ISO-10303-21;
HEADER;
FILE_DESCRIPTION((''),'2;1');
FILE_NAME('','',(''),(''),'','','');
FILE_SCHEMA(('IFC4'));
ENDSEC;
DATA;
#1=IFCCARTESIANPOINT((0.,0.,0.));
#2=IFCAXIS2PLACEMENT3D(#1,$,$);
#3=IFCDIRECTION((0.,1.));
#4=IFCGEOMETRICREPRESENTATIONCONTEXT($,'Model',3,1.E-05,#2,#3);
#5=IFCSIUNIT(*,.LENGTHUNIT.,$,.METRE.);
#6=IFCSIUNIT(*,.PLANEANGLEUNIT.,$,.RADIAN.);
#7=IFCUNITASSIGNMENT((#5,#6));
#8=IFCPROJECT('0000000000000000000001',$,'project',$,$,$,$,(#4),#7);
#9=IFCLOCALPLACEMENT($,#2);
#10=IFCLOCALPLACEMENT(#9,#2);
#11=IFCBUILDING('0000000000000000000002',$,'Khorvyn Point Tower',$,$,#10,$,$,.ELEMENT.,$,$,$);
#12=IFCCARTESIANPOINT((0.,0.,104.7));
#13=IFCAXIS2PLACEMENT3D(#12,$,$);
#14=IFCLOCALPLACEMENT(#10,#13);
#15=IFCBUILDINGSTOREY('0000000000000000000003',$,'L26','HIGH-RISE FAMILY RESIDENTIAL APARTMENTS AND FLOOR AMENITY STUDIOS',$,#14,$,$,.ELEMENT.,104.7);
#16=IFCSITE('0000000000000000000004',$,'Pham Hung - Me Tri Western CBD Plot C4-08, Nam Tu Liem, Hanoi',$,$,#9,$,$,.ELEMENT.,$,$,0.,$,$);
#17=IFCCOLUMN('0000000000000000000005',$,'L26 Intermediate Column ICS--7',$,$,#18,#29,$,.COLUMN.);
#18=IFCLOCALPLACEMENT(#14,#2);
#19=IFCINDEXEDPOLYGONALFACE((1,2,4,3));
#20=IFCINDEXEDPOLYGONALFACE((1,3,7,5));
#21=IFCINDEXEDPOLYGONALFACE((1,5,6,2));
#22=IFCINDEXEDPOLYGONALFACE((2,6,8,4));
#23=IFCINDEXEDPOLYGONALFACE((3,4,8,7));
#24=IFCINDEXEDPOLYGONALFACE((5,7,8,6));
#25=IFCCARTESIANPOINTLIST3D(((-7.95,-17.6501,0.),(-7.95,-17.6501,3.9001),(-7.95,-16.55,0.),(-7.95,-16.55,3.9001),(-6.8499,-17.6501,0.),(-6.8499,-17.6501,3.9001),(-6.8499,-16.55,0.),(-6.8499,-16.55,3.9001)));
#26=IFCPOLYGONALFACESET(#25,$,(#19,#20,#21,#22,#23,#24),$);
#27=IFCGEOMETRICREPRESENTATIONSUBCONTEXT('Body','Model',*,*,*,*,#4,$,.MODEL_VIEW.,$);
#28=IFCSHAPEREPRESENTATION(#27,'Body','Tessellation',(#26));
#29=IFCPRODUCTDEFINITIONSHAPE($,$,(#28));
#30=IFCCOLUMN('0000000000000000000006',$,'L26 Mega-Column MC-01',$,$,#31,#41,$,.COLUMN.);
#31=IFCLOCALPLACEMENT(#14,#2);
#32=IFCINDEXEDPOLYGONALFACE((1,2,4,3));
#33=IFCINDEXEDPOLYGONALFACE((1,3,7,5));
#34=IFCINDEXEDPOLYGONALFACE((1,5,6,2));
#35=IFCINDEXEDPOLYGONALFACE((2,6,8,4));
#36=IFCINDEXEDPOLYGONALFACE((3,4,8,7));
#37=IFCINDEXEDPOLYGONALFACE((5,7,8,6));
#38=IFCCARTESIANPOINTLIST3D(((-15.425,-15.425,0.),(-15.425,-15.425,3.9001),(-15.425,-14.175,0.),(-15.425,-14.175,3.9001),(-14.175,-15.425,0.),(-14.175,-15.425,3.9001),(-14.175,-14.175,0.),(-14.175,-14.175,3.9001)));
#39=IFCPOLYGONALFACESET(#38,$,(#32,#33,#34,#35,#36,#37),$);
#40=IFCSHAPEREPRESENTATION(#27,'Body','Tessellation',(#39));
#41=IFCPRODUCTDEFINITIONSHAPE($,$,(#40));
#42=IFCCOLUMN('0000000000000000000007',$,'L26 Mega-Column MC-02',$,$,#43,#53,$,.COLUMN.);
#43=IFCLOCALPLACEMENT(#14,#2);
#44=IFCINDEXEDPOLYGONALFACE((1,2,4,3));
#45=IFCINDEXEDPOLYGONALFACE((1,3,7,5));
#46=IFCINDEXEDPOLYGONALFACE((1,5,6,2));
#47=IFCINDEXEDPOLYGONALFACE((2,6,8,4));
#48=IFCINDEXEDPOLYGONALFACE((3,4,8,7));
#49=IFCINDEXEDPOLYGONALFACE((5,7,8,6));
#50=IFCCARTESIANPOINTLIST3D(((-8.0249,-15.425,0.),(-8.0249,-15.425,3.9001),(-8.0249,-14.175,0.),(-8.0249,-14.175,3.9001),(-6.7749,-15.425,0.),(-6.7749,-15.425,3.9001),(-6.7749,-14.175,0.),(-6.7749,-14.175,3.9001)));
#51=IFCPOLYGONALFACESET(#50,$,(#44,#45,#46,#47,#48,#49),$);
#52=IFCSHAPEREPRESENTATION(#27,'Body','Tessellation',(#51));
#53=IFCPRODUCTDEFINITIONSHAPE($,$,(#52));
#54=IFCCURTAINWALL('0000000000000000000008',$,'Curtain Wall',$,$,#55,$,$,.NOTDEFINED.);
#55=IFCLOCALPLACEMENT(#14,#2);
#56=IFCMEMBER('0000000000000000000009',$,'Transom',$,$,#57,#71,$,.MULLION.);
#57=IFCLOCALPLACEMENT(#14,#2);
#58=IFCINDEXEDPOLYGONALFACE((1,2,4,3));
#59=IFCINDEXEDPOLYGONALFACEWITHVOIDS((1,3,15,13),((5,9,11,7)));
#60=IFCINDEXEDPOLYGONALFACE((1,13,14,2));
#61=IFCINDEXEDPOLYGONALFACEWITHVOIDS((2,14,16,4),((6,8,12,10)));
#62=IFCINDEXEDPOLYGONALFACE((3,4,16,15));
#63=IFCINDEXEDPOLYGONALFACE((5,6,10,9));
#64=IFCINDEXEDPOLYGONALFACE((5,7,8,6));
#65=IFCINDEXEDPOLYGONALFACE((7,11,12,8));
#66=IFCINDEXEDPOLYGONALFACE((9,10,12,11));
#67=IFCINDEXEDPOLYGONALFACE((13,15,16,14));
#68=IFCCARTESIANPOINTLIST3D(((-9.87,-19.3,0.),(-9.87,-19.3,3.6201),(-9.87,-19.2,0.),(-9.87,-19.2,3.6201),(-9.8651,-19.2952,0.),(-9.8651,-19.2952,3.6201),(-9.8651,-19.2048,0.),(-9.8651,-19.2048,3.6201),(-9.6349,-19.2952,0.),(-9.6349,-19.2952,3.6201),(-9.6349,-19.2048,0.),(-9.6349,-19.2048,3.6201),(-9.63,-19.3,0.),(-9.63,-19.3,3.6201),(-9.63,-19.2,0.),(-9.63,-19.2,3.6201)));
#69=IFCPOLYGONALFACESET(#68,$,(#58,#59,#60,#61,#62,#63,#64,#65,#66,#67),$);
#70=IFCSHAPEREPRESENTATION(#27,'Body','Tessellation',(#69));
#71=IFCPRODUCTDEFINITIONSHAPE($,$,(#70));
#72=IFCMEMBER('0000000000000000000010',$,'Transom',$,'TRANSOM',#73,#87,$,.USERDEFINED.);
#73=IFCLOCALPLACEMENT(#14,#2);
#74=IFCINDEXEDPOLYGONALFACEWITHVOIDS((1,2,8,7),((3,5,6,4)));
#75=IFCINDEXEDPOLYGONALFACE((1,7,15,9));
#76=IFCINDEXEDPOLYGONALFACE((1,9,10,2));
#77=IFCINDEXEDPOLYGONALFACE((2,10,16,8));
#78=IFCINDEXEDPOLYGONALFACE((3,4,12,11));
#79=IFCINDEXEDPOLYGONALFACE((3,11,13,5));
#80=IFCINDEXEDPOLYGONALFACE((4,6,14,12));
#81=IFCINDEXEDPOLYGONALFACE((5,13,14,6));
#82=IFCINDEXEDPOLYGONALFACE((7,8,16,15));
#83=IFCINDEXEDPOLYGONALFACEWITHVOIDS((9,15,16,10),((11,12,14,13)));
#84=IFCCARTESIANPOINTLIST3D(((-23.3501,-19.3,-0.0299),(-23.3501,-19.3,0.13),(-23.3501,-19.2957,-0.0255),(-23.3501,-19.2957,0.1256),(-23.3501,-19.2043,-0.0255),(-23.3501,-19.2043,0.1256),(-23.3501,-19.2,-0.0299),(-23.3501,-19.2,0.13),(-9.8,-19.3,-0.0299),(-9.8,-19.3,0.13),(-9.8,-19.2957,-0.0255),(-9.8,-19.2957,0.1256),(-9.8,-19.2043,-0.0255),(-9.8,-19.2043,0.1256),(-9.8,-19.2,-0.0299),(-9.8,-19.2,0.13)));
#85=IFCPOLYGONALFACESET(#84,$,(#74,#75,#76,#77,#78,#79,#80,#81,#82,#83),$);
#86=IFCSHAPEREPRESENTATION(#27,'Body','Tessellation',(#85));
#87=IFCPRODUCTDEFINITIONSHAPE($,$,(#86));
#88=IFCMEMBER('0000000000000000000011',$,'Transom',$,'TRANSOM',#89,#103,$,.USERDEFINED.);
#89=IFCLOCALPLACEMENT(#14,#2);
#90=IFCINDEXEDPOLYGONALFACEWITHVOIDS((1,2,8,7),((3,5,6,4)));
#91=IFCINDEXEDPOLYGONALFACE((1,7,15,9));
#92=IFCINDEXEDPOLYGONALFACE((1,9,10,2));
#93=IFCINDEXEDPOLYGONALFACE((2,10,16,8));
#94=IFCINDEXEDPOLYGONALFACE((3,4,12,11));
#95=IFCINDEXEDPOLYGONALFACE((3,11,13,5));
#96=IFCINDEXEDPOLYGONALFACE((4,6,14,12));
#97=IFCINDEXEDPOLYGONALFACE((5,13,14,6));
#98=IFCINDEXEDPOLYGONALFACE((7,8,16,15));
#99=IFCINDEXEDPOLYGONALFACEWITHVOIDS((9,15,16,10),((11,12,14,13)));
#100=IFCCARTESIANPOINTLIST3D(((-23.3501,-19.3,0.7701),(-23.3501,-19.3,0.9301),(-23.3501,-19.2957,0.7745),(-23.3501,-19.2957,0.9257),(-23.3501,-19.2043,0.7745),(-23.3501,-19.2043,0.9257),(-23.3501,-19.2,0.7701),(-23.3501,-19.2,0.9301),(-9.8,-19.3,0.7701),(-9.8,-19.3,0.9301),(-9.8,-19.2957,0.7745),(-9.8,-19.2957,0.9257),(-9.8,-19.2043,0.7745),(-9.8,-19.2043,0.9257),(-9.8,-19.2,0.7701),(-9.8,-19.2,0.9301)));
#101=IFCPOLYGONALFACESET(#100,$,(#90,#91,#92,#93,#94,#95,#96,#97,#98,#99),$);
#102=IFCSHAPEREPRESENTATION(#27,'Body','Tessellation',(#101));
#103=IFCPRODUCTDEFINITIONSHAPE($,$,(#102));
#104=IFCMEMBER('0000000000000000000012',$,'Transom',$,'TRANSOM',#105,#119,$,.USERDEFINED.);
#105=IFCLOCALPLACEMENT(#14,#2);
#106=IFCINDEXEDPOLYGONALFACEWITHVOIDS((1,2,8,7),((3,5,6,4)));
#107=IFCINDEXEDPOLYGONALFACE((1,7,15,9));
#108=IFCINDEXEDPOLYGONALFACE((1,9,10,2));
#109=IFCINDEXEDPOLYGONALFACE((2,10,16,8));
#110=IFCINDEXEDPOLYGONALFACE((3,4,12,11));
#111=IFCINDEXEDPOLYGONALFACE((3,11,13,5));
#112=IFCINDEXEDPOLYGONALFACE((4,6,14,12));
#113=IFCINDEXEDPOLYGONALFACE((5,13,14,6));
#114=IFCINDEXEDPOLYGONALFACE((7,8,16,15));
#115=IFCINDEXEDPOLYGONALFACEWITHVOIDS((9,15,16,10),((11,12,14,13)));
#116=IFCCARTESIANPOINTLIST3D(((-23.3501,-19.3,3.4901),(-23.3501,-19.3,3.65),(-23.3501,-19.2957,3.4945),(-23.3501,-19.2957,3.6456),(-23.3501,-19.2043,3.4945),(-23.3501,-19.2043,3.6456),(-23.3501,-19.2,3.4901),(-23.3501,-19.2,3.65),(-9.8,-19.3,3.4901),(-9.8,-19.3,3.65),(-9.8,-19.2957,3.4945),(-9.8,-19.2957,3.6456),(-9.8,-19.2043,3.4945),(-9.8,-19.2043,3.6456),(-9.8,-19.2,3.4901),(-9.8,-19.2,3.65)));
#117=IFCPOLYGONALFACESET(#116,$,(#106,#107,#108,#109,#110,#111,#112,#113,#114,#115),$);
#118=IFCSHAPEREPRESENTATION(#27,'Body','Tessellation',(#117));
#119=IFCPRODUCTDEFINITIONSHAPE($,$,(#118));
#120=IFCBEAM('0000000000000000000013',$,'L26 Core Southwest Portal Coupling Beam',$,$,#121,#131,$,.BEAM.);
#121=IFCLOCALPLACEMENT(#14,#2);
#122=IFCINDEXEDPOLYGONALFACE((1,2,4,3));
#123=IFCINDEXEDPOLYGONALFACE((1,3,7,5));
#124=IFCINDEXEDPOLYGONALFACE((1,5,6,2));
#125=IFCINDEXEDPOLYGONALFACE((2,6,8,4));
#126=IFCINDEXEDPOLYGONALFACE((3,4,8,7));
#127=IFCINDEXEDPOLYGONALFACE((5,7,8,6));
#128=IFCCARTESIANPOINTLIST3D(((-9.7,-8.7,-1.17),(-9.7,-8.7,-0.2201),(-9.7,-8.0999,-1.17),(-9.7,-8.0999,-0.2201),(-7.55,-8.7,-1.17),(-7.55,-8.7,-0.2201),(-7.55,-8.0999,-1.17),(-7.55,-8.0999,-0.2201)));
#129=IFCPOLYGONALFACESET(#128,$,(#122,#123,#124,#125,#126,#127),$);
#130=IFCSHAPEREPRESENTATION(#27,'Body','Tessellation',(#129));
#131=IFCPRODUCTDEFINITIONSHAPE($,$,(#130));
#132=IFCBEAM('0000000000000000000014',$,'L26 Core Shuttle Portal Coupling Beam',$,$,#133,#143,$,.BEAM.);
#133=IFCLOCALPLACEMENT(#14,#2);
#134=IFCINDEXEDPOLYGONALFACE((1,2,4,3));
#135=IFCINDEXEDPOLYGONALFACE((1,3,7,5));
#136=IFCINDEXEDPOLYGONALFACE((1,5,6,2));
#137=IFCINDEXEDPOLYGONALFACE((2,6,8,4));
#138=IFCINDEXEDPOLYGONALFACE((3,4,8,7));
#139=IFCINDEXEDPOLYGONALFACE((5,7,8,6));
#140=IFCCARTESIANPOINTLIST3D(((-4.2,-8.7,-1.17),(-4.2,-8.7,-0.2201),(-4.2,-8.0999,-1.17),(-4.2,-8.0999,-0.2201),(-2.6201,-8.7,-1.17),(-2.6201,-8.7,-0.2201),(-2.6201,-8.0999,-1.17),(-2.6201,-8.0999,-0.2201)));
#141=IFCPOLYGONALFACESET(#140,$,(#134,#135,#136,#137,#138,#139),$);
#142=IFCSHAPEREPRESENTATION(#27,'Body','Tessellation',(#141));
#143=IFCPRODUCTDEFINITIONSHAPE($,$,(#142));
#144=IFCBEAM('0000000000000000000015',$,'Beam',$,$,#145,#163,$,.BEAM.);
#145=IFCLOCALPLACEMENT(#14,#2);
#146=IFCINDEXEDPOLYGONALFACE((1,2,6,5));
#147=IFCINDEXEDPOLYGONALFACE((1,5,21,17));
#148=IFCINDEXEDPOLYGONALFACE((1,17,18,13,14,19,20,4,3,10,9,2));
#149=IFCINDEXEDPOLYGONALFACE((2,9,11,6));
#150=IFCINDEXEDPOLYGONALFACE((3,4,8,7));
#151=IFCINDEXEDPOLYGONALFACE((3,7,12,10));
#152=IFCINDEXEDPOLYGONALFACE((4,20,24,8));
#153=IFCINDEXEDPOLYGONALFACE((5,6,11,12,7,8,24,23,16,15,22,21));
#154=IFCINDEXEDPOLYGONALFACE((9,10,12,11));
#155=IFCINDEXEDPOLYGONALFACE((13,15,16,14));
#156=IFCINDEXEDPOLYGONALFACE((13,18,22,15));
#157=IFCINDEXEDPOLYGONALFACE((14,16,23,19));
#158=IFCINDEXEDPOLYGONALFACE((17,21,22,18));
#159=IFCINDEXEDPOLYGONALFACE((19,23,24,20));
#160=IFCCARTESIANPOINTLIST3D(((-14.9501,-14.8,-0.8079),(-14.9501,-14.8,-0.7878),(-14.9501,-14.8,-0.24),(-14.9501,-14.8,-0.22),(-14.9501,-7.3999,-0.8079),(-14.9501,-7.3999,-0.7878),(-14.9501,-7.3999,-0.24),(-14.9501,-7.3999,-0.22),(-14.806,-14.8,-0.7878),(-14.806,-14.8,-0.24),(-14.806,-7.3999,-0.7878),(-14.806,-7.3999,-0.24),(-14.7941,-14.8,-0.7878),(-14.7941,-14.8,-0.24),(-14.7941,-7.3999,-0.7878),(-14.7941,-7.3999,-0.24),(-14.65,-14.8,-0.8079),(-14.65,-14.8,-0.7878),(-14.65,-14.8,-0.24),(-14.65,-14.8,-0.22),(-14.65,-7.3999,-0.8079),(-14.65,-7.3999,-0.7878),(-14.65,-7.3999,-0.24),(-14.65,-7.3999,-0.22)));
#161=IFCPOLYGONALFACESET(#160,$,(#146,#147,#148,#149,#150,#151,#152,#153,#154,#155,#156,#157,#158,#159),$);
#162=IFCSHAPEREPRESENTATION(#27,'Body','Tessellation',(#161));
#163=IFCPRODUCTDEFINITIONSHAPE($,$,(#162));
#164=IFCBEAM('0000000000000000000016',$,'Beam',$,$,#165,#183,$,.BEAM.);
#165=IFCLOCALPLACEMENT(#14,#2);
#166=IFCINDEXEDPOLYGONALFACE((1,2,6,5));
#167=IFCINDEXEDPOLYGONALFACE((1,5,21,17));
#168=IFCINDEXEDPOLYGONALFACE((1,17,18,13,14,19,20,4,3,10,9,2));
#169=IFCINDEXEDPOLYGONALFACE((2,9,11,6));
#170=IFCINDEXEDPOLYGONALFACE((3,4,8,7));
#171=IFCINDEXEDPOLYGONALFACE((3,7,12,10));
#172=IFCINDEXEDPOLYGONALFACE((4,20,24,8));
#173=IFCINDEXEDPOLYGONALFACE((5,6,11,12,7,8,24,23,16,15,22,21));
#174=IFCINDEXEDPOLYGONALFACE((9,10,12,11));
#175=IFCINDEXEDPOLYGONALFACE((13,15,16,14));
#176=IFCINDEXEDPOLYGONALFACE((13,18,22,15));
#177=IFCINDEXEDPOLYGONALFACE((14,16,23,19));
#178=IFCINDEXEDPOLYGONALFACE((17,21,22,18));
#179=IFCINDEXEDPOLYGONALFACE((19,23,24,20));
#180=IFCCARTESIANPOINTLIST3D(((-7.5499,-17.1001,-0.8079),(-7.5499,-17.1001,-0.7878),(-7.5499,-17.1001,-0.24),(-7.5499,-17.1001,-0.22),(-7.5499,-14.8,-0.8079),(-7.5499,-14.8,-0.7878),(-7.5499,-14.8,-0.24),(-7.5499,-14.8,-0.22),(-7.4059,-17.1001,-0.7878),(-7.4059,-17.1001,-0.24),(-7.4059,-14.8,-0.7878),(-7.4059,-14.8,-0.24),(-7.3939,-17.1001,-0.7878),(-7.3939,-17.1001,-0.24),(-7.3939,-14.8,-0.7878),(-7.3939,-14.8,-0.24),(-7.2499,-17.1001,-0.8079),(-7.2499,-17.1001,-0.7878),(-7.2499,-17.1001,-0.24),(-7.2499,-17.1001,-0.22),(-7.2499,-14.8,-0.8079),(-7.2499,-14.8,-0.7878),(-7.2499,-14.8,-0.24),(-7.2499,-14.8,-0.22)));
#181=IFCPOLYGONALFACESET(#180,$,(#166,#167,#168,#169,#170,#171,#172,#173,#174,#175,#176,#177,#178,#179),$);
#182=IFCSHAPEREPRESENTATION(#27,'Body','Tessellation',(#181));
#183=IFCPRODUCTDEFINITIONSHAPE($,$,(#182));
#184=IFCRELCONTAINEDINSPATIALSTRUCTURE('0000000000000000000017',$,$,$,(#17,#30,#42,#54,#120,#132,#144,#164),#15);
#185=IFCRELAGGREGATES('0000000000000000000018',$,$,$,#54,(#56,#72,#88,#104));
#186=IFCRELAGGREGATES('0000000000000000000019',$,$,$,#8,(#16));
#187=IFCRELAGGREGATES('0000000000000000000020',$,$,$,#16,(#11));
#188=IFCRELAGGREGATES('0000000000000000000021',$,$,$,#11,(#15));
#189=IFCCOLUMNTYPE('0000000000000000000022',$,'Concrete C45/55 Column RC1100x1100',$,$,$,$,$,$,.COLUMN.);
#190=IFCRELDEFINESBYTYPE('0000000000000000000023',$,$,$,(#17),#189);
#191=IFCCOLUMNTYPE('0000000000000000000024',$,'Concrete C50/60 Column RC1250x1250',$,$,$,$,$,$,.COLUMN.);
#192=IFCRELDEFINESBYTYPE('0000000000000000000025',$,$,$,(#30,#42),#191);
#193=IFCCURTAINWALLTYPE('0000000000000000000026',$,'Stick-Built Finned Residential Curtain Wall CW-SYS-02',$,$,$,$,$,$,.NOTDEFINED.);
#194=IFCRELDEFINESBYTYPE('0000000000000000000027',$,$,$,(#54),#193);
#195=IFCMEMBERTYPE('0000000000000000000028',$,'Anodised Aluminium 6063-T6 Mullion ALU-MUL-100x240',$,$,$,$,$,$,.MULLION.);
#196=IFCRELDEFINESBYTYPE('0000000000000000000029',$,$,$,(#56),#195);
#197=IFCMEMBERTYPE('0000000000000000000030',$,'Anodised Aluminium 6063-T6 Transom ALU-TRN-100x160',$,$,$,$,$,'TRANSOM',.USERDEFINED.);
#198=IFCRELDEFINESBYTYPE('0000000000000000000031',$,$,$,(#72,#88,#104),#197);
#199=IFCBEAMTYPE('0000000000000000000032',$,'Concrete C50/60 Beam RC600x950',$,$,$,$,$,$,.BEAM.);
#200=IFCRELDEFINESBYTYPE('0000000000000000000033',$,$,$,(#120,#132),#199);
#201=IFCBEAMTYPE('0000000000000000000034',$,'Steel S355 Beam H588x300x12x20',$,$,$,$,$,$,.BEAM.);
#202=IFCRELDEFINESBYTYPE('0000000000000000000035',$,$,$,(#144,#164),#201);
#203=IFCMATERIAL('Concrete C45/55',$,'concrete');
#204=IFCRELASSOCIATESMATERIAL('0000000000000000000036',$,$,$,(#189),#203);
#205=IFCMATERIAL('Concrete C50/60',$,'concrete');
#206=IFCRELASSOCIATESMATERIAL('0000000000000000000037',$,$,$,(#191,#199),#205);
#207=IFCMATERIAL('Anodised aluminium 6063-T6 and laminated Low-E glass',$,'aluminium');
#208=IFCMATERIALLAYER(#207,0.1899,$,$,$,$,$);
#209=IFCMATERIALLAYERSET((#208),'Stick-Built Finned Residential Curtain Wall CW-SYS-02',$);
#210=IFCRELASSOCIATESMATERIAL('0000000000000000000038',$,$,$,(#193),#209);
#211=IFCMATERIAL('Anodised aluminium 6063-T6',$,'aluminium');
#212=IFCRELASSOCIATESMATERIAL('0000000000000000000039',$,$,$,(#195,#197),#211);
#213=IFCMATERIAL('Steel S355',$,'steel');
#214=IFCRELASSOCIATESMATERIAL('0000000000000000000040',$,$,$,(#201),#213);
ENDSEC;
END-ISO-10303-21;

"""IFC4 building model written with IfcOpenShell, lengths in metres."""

from ifc_helpers import new_model, si_unit, direction, frame, origin, origin_2d, place, context, subcontext, project, spatial, rectangle, hollow_rectangle, i_section, extrude, material, layer, layer_set, material_profile, profile_set, type_object, element, aggregate, save


model = new_model("IFC4")

# Units and contexts
model_context = context("Model", 3, precision=1e-05, world=origin(), true_north=direction((0.0, 1.0)))
body_context = subcontext(model_context, "Body", "Model", "MODEL_VIEW")
ifc_project = project(units=[si_unit("LENGTHUNIT", "METRE"), si_unit("PLANEANGLEUNIT", "RADIAN")], contexts=[model_context])

# Site, building, storey
site_placement = place(None, origin())
site = spatial("IfcSite", under=ifc_project, at=site_placement, Name="Pham Hung - Me Tri Western CBD Plot C4-08, Nam Tu Liem, Hanoi", CompositionType="ELEMENT", RefElevation=0.0)
building_placement = place(site_placement, origin())
building = spatial("IfcBuilding", under=site, at=building_placement, Name="Khorvyn Point Tower", CompositionType="ELEMENT")
storey_placement = place(building_placement, frame((0.0, 0.0, 104.7)))
storey = spatial("IfcBuildingStorey", under=building, at=storey_placement, Name="L26", Description="HIGH-RISE FAMILY RESIDENTIAL APARTMENTS AND FLOOR AMENITY STUDIOS", CompositionType="ELEMENT", Elevation=104.7)

# Columns
ifc_material_1 = material(Name="Concrete C45/55", Category="concrete")
ifc_material_profile_1 = material_profile(ifc_material_1, rectangle(XDim=1.1001, YDim=1.1001, at=origin_2d()))
ifc_profile_set_1 = profile_set([ifc_material_profile_1], Name="Concrete C45/55 RC1100x1100")
column_type_1 = type_object("IfcColumnType", Name="Concrete C45/55 Column RC1100x1100", PredefinedType="COLUMN", material=ifc_profile_set_1)
column_placement = place(storey_placement, frame((-7.3999, -17.1001, 0.0), z_axis=(0.0, 0.0, 1.0), x_axis=(1.0, 0.0, 0.0)))
element("IfcColumn", 1, at=column_placement, inside=storey, type_object=column_type_1, Name="L26 Intermediate Column ICS--7", PredefinedType="COLUMN", context=body_context, shape_type="SweptSolid", body=[
    extrude(rectangle(XDim=1.1001, YDim=1.1001, at=origin_2d()), origin(), (0.0, 0.0, 1.0), 3.9001),
])
ifc_material_2 = material(Name="Concrete C50/60", Category="concrete")
ifc_material_profile_2 = material_profile(ifc_material_2, rectangle(XDim=1.25, YDim=1.25, at=origin_2d()))
ifc_profile_set_2 = profile_set([ifc_material_profile_2], Name="Concrete C50/60 RC1250x1250")
column_type_2 = type_object("IfcColumnType", Name="Concrete C50/60 Column RC1250x1250", PredefinedType="COLUMN", material=ifc_profile_set_2)
for number, where, z_axis, x_axis, name in (
    (2, (-14.8, -14.8, 0.0), (0.0, 0.0, 1.0), (1.0, 0.0, 0.0), "L26 Mega-Column MC-01"),
    (3, (-7.3999, -14.8, 0.0), (0.0, 0.0, 1.0), (1.0, 0.0, 0.0), "L26 Mega-Column MC-02"),
):
    element("IfcColumn", number, at=place(storey_placement, frame(where, z_axis=z_axis, x_axis=x_axis)), inside=storey, type_object=column_type_2, Name=name, PredefinedType="COLUMN", context=body_context, shape_type="SweptSolid", body=[
        extrude(rectangle(XDim=1.25, YDim=1.25, at=origin_2d()), origin(), (0.0, 0.0, 1.0), 3.9001),
    ])

# Curtain wall, members
ifc_material_3 = material(Name="Anodised aluminium 6063-T6 and laminated Low-E glass", Category="aluminium")
ifc_layer_1 = layer(ifc_material_3, 0.1899)
ifc_layer_set_1 = layer_set([ifc_layer_1], Name="Stick-Built Finned Residential Curtain Wall CW-SYS-02")
curtain_wall_type = type_object("IfcCurtainWallType", Name="Stick-Built Finned Residential Curtain Wall CW-SYS-02", PredefinedType="NOTDEFINED", material=ifc_layer_set_1)
curtain_wall_placement = place(storey_placement, origin())
curtain_wall = element("IfcCurtainWall", 4, at=curtain_wall_placement, inside=storey, type_object=curtain_wall_type, Name="Curtain Wall", PredefinedType="NOTDEFINED")
ifc_material_4 = material(Name="Anodised aluminium 6063-T6", Category="aluminium")
ifc_material_profile_3 = material_profile(ifc_material_4, hollow_rectangle(XDim=0.1001, YDim=0.24, WallThickness=0.0049, at=origin_2d()))
ifc_profile_set_3 = profile_set([ifc_material_profile_3], Name="Anodised aluminium 6063-T6 ALU-MUL-100x240")
member_type_1 = type_object("IfcMemberType", Name="Anodised Aluminium 6063-T6 Mullion ALU-MUL-100x240", PredefinedType="MULLION", material=ifc_profile_set_3)
member_1_placement = place(storey_placement, frame((-9.75, -19.25, 0.0), z_axis=(0.0, 0.0, 1.0), x_axis=(0.0, -1.0, 0.0)))
member_1 = element("IfcMember", 5, at=member_1_placement, type_object=member_type_1, Name="Transom", PredefinedType="MULLION", context=body_context, shape_type="SweptSolid", body=[
    extrude(hollow_rectangle(XDim=0.1001, YDim=0.24, WallThickness=0.0049, at=origin_2d()), origin(), (0.0, 0.0, 1.0), 3.6201),
])
ifc_material_profile_4 = material_profile(ifc_material_4, hollow_rectangle(XDim=0.1001, YDim=0.1599, WallThickness=0.0044, at=origin_2d()))
ifc_profile_set_4 = profile_set([ifc_material_profile_4], Name="Anodised aluminium 6063-T6 ALU-TRN-100x160")
member_type_2 = type_object("IfcMemberType", Name="Anodised Aluminium 6063-T6 Transom ALU-TRN-100x160", ElementType="TRANSOM", PredefinedType="USERDEFINED", material=ifc_profile_set_4)
member_2_placement = place(storey_placement, frame((-9.8, -19.25, 0.05), z_axis=(-1.0, 0.0, 0.0), x_axis=(0.0, -1.0, 0.0)))
member_2 = element("IfcMember", 6, at=member_2_placement, type_object=member_type_2, Name="Transom", ObjectType="TRANSOM", PredefinedType="USERDEFINED", context=body_context, shape_type="SweptSolid", body=[
    extrude(hollow_rectangle(XDim=0.1001, YDim=0.1599, WallThickness=0.0044, at=origin_2d()), origin(), (0.0, 0.0, 1.0), 13.55),
])
member_3_placement = place(storey_placement, frame((-9.8, -19.25, 0.8501), z_axis=(-1.0, 0.0, 0.0), x_axis=(0.0, -1.0, 0.0)))
member_3 = element("IfcMember", 7, at=member_3_placement, type_object=member_type_2, Name="Transom", ObjectType="TRANSOM", PredefinedType="USERDEFINED", context=body_context, shape_type="SweptSolid", body=[
    extrude(hollow_rectangle(XDim=0.1001, YDim=0.1599, WallThickness=0.0044, at=origin_2d()), origin(), (0.0, 0.0, 1.0), 13.55),
])
member_4_placement = place(storey_placement, frame((-9.8, -19.25, 3.5701), z_axis=(-1.0, 0.0, 0.0), x_axis=(0.0, -1.0, 0.0)))
member_4 = element("IfcMember", 8, at=member_4_placement, type_object=member_type_2, Name="Transom", ObjectType="TRANSOM", PredefinedType="USERDEFINED", context=body_context, shape_type="SweptSolid", body=[
    extrude(hollow_rectangle(XDim=0.1001, YDim=0.1599, WallThickness=0.0044, at=origin_2d()), origin(), (0.0, 0.0, 1.0), 13.55),
])

# Beams
ifc_material_profile_5 = material_profile(ifc_material_2, rectangle(XDim=0.6001, YDim=0.95, at=origin_2d()))
ifc_profile_set_5 = profile_set([ifc_material_profile_5], Name="Concrete C50/60 RC600x950")
beam_type_1 = type_object("IfcBeamType", Name="Concrete C50/60 Beam RC600x950", PredefinedType="BEAM", material=ifc_profile_set_5)
beam_1_placement = place(storey_placement, frame((-9.7, -8.3999, -0.6951), z_axis=(1.0, 0.0, 0.0), x_axis=(0.0, 1.0, 0.0)))
element("IfcBeam", 9, at=beam_1_placement, inside=storey, type_object=beam_type_1, Name="L26 Core Southwest Portal Coupling Beam", PredefinedType="BEAM", context=body_context, shape_type="SweptSolid", body=[
    extrude(rectangle(XDim=0.6001, YDim=0.95, at=origin_2d()), origin(), (0.0, 0.0, 1.0), 2.1499),
])
beam_2_placement = place(storey_placement, frame((-4.2, -8.3999, -0.6951), z_axis=(1.0, 0.0, 0.0), x_axis=(0.0, 1.0, 0.0)))
element("IfcBeam", 10, at=beam_2_placement, inside=storey, type_object=beam_type_1, Name="L26 Core Shuttle Portal Coupling Beam", PredefinedType="BEAM", context=body_context, shape_type="SweptSolid", body=[
    extrude(rectangle(XDim=0.6001, YDim=0.95, at=origin_2d()), origin(), (0.0, 0.0, 1.0), 1.5798),
])
ifc_material_5 = material(Name="Steel S355", Category="steel")
ifc_material_profile_6 = material_profile(ifc_material_5, i_section(OverallWidth=0.3, OverallDepth=0.5879, WebThickness=0.012, FlangeThickness=0.02, at=origin_2d()))
ifc_profile_set_6 = profile_set([ifc_material_profile_6], Name="Steel S355 H588x300x12x20")
beam_type_2 = type_object("IfcBeamType", Name="Steel S355 Beam H588x300x12x20", PredefinedType="BEAM", material=ifc_profile_set_6)
beam_3_placement = place(storey_placement, frame((-14.8, -14.8, -0.5139), z_axis=(0.0, 1.0, 0.0), x_axis=(-1.0, 0.0, 0.0)))
element("IfcBeam", 11, at=beam_3_placement, inside=storey, type_object=beam_type_2, Name="Beam", PredefinedType="BEAM", context=body_context, shape_type="SweptSolid", body=[
    extrude(i_section(OverallWidth=0.3, OverallDepth=0.5879, WebThickness=0.012, FlangeThickness=0.02, at=origin_2d()), origin(), (0.0, 0.0, 1.0), 7.4001),
])
beam_4_placement = place(storey_placement, frame((-7.3999, -17.1001, -0.5139), z_axis=(0.0, 1.0, 0.0), x_axis=(-1.0, 0.0, 0.0)))
element("IfcBeam", 12, at=beam_4_placement, inside=storey, type_object=beam_type_2, Name="Beam", PredefinedType="BEAM", context=body_context, shape_type="SweptSolid", body=[
    extrude(i_section(OverallWidth=0.3, OverallDepth=0.5879, WebThickness=0.012, FlangeThickness=0.02, at=origin_2d()), origin(), (0.0, 0.0, 1.0), 2.3),
])

aggregate(curtain_wall, [member_1, member_2, member_3, member_4])

save(model, "model.ifc")
